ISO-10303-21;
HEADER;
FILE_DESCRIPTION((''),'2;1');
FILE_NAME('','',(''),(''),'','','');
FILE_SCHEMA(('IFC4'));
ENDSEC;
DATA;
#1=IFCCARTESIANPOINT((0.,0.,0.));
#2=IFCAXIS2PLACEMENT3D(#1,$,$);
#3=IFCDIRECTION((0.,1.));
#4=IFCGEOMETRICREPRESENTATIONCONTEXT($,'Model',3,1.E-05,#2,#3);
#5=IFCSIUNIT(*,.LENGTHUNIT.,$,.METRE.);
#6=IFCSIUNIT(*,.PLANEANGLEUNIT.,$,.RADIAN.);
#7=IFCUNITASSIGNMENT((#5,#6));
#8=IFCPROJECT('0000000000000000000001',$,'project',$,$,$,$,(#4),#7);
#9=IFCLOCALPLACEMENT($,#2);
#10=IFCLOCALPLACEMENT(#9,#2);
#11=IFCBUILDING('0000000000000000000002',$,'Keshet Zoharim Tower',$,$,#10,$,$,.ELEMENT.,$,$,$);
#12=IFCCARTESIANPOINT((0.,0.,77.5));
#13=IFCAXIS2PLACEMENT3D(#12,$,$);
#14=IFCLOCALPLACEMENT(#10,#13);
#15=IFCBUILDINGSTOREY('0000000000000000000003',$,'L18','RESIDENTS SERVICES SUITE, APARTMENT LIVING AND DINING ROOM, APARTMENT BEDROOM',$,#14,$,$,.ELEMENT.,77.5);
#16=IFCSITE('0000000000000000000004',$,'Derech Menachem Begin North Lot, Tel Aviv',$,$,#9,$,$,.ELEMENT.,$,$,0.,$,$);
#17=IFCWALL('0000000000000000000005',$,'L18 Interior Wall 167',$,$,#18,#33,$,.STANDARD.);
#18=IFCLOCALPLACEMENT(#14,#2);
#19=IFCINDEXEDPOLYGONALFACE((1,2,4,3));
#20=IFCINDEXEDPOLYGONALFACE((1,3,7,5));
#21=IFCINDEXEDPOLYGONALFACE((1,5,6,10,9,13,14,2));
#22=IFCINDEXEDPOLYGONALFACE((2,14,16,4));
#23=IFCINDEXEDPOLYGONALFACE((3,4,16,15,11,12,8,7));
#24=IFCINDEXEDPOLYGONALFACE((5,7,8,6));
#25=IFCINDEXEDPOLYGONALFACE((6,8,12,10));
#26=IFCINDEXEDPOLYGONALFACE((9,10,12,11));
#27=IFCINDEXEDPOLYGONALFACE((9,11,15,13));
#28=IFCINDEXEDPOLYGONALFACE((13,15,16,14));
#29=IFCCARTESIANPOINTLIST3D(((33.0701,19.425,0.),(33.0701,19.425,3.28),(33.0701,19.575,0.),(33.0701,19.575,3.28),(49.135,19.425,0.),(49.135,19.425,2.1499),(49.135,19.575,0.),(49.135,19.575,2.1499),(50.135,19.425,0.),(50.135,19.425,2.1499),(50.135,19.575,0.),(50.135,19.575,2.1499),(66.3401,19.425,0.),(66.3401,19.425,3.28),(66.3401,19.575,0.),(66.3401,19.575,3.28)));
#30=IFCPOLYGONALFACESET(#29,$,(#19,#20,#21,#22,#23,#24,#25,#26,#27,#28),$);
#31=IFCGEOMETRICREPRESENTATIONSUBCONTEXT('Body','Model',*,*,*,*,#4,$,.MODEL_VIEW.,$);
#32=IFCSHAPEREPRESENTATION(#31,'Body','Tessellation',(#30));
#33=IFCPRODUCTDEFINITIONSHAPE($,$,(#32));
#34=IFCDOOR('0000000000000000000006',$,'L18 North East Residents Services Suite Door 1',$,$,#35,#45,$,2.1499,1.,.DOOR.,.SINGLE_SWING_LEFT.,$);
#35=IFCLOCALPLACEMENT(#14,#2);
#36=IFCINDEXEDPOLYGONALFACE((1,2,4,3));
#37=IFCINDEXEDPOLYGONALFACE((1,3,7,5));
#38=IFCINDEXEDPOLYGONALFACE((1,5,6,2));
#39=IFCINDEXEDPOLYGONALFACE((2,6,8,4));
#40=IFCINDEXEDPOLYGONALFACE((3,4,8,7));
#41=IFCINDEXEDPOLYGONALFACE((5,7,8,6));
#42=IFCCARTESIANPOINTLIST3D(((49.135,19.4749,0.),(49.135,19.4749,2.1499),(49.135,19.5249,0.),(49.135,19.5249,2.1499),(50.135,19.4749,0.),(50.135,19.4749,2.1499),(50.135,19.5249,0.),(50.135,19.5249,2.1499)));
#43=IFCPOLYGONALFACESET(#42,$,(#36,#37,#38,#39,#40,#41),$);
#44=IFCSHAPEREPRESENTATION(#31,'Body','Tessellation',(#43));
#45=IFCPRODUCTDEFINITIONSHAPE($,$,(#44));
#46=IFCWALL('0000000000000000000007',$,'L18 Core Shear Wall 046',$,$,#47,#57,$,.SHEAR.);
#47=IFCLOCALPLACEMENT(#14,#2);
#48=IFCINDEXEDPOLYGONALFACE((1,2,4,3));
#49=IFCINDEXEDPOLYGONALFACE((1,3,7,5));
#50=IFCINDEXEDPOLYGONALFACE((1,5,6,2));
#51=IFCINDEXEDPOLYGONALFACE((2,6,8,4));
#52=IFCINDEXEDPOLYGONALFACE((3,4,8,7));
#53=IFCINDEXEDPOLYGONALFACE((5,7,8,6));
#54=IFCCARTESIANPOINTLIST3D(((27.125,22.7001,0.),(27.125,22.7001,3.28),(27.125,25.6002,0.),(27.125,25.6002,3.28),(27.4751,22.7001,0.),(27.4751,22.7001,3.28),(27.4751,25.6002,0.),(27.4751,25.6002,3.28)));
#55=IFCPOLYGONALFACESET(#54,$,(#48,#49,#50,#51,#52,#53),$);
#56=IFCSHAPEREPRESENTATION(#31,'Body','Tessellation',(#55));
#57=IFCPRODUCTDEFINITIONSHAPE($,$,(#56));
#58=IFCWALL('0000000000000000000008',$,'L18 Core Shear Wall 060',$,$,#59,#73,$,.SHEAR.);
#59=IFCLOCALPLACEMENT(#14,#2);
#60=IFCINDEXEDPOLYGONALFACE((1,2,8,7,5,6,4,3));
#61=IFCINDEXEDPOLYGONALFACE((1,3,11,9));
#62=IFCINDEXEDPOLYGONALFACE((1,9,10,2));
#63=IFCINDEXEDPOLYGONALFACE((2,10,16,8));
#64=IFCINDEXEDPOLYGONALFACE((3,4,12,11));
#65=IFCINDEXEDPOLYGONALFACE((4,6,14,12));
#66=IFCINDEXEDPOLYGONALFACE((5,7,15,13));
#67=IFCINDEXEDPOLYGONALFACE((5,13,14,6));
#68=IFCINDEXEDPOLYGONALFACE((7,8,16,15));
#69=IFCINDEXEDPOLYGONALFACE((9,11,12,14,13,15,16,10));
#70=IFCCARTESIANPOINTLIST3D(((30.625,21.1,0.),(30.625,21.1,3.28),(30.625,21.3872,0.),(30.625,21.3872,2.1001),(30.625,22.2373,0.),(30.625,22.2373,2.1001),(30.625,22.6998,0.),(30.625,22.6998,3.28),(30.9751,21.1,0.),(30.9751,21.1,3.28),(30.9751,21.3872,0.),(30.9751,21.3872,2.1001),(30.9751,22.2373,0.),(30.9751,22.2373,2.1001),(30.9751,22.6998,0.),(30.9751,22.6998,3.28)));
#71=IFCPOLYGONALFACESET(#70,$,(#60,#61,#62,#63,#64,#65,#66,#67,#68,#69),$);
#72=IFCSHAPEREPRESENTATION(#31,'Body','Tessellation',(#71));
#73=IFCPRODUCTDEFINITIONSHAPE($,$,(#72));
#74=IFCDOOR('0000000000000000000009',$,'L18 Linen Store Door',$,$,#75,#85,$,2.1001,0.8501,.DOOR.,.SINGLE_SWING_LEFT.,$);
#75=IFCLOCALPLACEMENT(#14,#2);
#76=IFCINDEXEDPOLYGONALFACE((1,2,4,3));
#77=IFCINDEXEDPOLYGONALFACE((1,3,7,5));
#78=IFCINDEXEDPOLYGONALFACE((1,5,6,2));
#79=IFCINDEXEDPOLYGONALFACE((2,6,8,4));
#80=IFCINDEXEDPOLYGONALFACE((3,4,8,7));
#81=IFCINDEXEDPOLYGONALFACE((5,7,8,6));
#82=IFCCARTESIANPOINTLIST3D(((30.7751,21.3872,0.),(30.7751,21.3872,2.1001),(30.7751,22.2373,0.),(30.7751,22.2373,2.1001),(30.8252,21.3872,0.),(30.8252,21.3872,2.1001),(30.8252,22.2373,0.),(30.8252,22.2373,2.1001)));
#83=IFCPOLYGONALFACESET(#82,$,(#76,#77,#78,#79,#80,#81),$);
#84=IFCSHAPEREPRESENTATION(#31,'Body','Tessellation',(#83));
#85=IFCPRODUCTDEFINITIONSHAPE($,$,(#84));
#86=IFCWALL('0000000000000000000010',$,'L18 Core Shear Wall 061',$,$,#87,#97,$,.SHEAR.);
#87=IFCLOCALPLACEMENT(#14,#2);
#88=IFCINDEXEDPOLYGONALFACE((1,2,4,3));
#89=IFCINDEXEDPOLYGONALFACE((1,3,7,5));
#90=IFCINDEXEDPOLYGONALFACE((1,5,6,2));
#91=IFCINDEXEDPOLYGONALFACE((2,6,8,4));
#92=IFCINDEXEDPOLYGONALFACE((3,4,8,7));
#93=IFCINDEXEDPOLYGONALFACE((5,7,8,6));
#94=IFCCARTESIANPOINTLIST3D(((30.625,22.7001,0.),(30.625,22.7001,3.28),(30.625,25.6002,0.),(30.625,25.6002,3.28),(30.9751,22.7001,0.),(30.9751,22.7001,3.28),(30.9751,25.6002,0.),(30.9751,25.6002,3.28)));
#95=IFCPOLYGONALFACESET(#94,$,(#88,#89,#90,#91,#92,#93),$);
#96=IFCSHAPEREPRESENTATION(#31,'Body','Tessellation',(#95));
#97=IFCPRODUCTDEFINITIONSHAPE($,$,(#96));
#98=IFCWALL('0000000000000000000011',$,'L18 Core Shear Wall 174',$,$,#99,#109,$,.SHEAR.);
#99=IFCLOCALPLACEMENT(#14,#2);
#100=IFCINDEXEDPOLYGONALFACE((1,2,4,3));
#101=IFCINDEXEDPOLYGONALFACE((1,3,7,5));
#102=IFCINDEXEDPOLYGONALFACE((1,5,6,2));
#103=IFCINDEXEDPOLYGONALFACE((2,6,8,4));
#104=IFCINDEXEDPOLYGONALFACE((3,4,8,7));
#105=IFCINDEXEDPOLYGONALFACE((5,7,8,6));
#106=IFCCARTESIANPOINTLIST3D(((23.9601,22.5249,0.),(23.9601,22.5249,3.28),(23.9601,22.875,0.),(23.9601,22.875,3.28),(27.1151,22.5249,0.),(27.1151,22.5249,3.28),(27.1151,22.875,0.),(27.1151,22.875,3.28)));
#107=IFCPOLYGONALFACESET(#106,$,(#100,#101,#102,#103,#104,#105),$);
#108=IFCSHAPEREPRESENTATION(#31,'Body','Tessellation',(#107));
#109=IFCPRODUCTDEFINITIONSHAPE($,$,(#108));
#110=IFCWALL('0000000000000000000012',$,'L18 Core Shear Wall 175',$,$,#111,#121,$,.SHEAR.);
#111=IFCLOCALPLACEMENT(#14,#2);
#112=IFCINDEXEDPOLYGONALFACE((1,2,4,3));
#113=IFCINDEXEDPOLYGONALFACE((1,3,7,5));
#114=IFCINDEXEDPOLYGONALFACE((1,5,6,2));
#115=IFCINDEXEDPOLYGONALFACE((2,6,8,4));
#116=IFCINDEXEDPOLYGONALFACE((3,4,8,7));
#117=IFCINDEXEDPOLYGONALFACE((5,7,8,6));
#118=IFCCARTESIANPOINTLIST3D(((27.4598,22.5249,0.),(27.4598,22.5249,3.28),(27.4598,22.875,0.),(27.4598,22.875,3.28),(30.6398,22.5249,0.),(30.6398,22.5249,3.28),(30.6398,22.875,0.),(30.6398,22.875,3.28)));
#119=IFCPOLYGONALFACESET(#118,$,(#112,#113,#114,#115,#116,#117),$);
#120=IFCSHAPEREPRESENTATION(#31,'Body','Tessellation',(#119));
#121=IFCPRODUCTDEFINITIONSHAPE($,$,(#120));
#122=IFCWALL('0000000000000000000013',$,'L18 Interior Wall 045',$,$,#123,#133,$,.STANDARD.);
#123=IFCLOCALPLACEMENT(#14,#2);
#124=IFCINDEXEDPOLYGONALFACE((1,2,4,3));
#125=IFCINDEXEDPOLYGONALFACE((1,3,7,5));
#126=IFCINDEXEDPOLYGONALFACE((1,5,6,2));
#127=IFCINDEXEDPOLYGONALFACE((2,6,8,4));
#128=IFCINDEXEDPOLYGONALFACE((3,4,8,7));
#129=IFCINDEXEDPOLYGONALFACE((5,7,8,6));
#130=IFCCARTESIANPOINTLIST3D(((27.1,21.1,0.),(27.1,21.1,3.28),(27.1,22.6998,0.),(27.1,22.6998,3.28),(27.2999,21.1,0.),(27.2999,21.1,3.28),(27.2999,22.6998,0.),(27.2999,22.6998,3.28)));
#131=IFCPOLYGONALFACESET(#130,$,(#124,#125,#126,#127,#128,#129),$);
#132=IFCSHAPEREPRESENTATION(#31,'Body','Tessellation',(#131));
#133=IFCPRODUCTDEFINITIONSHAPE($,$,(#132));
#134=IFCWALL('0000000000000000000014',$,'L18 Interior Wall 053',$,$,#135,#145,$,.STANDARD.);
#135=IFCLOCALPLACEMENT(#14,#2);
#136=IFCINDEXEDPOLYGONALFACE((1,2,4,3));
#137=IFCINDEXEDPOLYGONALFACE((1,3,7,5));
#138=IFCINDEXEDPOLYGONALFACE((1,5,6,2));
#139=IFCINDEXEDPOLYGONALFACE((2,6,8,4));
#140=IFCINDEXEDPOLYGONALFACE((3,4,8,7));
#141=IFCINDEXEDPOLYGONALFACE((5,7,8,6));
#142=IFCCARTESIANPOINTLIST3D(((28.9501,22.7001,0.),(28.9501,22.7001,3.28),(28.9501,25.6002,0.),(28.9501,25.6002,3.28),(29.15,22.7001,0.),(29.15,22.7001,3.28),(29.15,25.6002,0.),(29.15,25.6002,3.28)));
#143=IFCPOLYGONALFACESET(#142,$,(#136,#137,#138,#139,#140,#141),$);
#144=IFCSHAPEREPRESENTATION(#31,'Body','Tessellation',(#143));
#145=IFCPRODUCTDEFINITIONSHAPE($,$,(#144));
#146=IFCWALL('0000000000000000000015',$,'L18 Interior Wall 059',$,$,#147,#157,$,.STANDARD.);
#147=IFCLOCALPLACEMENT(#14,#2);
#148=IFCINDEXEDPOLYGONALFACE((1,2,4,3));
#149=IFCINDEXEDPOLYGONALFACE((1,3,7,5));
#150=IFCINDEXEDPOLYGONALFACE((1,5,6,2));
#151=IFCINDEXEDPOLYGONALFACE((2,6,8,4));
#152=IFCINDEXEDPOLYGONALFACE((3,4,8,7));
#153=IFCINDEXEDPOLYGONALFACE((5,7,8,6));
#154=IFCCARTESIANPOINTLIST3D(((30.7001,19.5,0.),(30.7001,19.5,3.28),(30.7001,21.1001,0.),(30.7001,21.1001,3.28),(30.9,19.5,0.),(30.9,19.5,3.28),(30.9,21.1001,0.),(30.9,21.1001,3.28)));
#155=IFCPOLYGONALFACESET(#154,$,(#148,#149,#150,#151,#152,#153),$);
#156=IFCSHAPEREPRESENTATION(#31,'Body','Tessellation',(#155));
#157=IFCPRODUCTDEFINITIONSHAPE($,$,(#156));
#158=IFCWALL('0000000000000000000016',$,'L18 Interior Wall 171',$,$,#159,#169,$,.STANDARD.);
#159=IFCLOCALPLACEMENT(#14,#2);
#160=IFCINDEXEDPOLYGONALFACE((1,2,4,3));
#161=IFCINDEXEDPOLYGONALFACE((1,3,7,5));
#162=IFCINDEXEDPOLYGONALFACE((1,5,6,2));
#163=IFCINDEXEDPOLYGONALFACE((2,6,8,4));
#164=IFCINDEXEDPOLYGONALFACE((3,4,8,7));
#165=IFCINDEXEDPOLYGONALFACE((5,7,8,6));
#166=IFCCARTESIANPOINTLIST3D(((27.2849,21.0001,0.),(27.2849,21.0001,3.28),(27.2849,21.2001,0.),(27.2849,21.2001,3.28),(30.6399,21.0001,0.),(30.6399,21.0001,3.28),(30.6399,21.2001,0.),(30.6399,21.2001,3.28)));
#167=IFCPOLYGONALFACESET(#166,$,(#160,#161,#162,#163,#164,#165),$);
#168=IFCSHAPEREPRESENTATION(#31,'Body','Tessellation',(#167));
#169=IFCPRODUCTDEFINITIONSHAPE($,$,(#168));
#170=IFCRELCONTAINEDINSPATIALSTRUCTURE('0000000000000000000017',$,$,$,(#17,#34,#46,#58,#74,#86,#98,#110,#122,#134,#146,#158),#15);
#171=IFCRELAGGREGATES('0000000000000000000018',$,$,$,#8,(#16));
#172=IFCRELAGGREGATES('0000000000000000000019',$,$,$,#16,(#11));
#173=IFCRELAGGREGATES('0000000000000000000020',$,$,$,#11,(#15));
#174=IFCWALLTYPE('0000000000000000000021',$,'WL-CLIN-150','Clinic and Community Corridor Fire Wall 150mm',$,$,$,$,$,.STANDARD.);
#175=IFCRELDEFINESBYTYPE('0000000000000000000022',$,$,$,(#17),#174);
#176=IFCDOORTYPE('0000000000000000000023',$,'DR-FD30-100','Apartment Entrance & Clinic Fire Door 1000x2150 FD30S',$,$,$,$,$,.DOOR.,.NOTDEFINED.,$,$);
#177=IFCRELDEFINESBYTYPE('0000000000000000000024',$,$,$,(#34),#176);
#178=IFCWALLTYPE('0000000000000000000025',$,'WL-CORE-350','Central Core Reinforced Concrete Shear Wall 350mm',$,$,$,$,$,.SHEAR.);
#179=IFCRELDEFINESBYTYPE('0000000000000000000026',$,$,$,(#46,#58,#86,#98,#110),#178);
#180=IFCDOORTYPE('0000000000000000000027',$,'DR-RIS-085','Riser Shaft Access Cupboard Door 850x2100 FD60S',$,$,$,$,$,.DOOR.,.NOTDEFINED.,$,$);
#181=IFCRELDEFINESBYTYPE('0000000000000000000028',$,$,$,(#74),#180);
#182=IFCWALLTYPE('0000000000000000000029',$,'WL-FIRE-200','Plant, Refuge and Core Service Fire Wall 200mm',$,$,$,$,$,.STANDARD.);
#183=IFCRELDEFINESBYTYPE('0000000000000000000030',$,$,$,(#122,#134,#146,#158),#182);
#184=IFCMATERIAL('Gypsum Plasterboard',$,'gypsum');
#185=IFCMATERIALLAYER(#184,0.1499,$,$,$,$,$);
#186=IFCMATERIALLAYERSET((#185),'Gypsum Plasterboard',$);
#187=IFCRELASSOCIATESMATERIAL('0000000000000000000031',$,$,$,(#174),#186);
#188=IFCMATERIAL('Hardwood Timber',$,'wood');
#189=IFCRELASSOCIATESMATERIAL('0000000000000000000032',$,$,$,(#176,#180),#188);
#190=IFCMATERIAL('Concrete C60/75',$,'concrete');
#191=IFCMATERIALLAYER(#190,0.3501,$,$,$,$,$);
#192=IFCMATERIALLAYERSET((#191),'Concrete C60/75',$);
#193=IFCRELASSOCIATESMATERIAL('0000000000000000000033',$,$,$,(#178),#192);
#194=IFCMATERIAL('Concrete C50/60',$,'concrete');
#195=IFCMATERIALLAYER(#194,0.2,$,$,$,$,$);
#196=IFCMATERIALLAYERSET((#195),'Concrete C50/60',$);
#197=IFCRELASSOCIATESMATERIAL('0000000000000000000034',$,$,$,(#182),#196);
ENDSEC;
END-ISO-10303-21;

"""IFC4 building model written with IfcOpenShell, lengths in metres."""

from ifc_helpers import new_model, si_unit, direction, frame, frame_2d, origin, place, context, subcontext, project, spatial, rectangle, extrude, material, layer, layer_set, type_object, element, fill, save


model = new_model("IFC4")

# Units and contexts
model_context = context("Model", 3, precision=1e-05, world=origin(), true_north=direction((0.0, 1.0)))
body_context = subcontext(model_context, "Body", "Model", "MODEL_VIEW")
ifc_project = project(units=[si_unit("LENGTHUNIT", "METRE"), si_unit("PLANEANGLEUNIT", "RADIAN")], contexts=[model_context])

# Site, building, storey
site_placement = place(None, origin())
site = spatial("IfcSite", under=ifc_project, at=site_placement, Name="Derech Menachem Begin North Lot, Tel Aviv", CompositionType="ELEMENT", RefElevation=0.0)
building_placement = place(site_placement, origin())
building = spatial("IfcBuilding", under=site, at=building_placement, Name="Keshet Zoharim Tower", CompositionType="ELEMENT")
storey_placement = place(building_placement, frame((0.0, 0.0, 77.5)))
storey = spatial("IfcBuildingStorey", under=building, at=storey_placement, Name="L18", Description="RESIDENTS SERVICES SUITE, APARTMENT LIVING AND DINING ROOM, APARTMENT BEDROOM", CompositionType="ELEMENT", Elevation=77.5)

# Shared definitions
ifc_material_1 = material(Name="Concrete C60/75", Category="concrete")

# Shared definitions
ifc_material_2 = material(Name="Gypsum Plasterboard", Category="gypsum")
ifc_layer_1 = layer(ifc_material_2, 0.1499)
ifc_layer_set_1 = layer_set([ifc_layer_1], Name="Gypsum Plasterboard")
wall_type_1 = type_object("IfcWallType", Name="WL-CLIN-150", Description="Clinic and Community Corridor Fire Wall 150mm", PredefinedType="STANDARD", material=ifc_layer_set_1)

# Wall, opening, door
wall_1_placement = place(storey_placement, frame((33.0701, 19.5, 0.0), z_axis=(0.0, 0.0, 1.0), x_axis=(1.0, 0.0, 0.0)))
wall_1 = element("IfcWall", 1, at=wall_1_placement, inside=storey, type_object=wall_type_1, Name="L18 Interior Wall 167", PredefinedType="STANDARD", context=body_context, shape_type="SweptSolid", body=[
    extrude(rectangle(XDim=33.27, YDim=0.1499, at=frame_2d((16.635, 0.0))), origin(), (0.0, 0.0, 1.0), 3.28),
])
opening_1_placement = place(wall_1_placement, frame((16.0649, 0.0, 0.0)))
opening_1 = element("IfcOpeningElement", 2, at=opening_1_placement, cuts=wall_1, PredefinedType="OPENING", context=body_context, shape_type="SweptSolid", body=[
    extrude(rectangle(XDim=1.0, YDim=2.1499, at=frame_2d((0.5, 1.075))), frame((0.0, 0.085, 0.0), z_axis=(0.0, -1.0, 0.0), x_axis=(1.0, 0.0, 0.0)), (0.0, 0.0, 1.0), 0.1699),
])
ifc_material_3 = material(Name="Hardwood Timber", Category="wood")
door_type_1 = type_object("IfcDoorType", Name="DR-FD30-100", Description="Apartment Entrance & Clinic Fire Door 1000x2150 FD30S", OperationType="NOTDEFINED", PredefinedType="DOOR", material=ifc_material_3)
door_1_placement = place(opening_1_placement, origin())
door_1 = element("IfcDoor", 3, at=door_1_placement, inside=storey, type_object=door_type_1, Name="L18 North East Residents Services Suite Door 1", OperationType="SINGLE_SWING_LEFT", OverallHeight=2.1499, OverallWidth=1.0, PredefinedType="DOOR", context=body_context, shape_type="SweptSolid", body=[
    extrude(rectangle(XDim=1.0, YDim=2.1499, at=frame_2d((0.5, 1.075))), frame((0.0, 0.0249, 0.0), z_axis=(0.0, -1.0, 0.0), x_axis=(1.0, 0.0, 0.0)), (0.0, 0.0, 1.0), 0.05),
])
fill(opening_1, door_1)
ifc_layer_2 = layer(ifc_material_1, 0.3501)
ifc_layer_set_2 = layer_set([ifc_layer_2], Name="Concrete C60/75")
wall_type_2 = type_object("IfcWallType", Name="WL-CORE-350", Description="Central Core Reinforced Concrete Shear Wall 350mm", PredefinedType="SHEAR", material=ifc_layer_set_2)

# Wall
wall_2_placement = place(storey_placement, frame((27.3, 22.7, 0.0), z_axis=(0.0, 0.0, 1.0), x_axis=(0.0, 1.0, 0.0)))
element("IfcWall", 4, at=wall_2_placement, inside=storey, type_object=wall_type_2, Name="L18 Core Shear Wall 046", PredefinedType="SHEAR", context=body_context, shape_type="SweptSolid", body=[
    extrude(rectangle(XDim=2.9001, YDim=0.3501, at=frame_2d((1.4502, 0.0))), origin(), (0.0, 0.0, 1.0), 3.28),
])

# Wall, opening, door
wall_3_placement = place(storey_placement, frame((30.8, 21.1001, 0.0), z_axis=(0.0, 0.0, 1.0), x_axis=(0.0, 1.0, 0.0)))
wall_3 = element("IfcWall", 5, at=wall_3_placement, inside=storey, type_object=wall_type_2, Name="L18 Core Shear Wall 060", PredefinedType="SHEAR", context=body_context, shape_type="SweptSolid", body=[
    extrude(rectangle(XDim=1.5999, YDim=0.3501, at=frame_2d((0.7998, 0.0))), origin(), (0.0, 0.0, 1.0), 3.28),
])
opening_2_placement = place(wall_3_placement, frame((0.2871, 0.0, 0.0)))
opening_2 = element("IfcOpeningElement", 6, at=opening_2_placement, cuts=wall_3, PredefinedType="OPENING", context=body_context, shape_type="SweptSolid", body=[
    extrude(rectangle(XDim=0.8501, YDim=2.1001, at=frame_2d((0.425, 1.05))), frame((0.0, 0.1851, 0.0), z_axis=(0.0, -1.0, 0.0), x_axis=(1.0, 0.0, 0.0)), (0.0, 0.0, 1.0), 0.3701),
])
door_type_2 = type_object("IfcDoorType", Name="DR-RIS-085", Description="Riser Shaft Access Cupboard Door 850x2100 FD60S", OperationType="NOTDEFINED", PredefinedType="DOOR", material=ifc_material_3)
door_2_placement = place(opening_2_placement, origin())
door_2 = element("IfcDoor", 7, at=door_2_placement, inside=storey, type_object=door_type_2, Name="L18 Linen Store Door", OperationType="SINGLE_SWING_LEFT", OverallHeight=2.1001, OverallWidth=0.8501, PredefinedType="DOOR", context=body_context, shape_type="SweptSolid", body=[
    extrude(rectangle(XDim=0.8501, YDim=2.1001, at=frame_2d((0.425, 1.05))), frame((0.0, 0.0249, 0.0), z_axis=(0.0, -1.0, 0.0), x_axis=(1.0, 0.0, 0.0)), (0.0, 0.0, 1.0), 0.05),
])
fill(opening_2, door_2)

# Walls
wall_4_placement = place(storey_placement, frame((30.8, 22.7, 0.0), z_axis=(0.0, 0.0, 1.0), x_axis=(0.0, 1.0, 0.0)))
element("IfcWall", 8, at=wall_4_placement, inside=storey, type_object=wall_type_2, Name="L18 Core Shear Wall 061", PredefinedType="SHEAR", context=body_context, shape_type="SweptSolid", body=[
    extrude(rectangle(XDim=2.9001, YDim=0.3501, at=frame_2d((1.4502, 0.0))), origin(), (0.0, 0.0, 1.0), 3.28),
])
wall_5_placement = place(storey_placement, frame((23.96, 22.7, 0.0), z_axis=(0.0, 0.0, 1.0), x_axis=(1.0, 0.0, 0.0)))
element("IfcWall", 9, at=wall_5_placement, inside=storey, type_object=wall_type_2, Name="L18 Core Shear Wall 174", PredefinedType="SHEAR", context=body_context, shape_type="SweptSolid", body=[
    extrude(rectangle(XDim=3.155, YDim=0.3501, at=frame_2d((1.5776, 0.0))), origin(), (0.0, 0.0, 1.0), 3.28),
])
wall_6_placement = place(storey_placement, frame((27.46, 22.7, 0.0), z_axis=(0.0, 0.0, 1.0), x_axis=(1.0, 0.0, 0.0)))
element("IfcWall", 10, at=wall_6_placement, inside=storey, type_object=wall_type_2, Name="L18 Core Shear Wall 175", PredefinedType="SHEAR", context=body_context, shape_type="SweptSolid", body=[
    extrude(rectangle(XDim=3.1799, YDim=0.3501, at=frame_2d((1.5898, 0.0))), origin(), (0.0, 0.0, 1.0), 3.28),
])
ifc_material_4 = material(Name="Concrete C50/60", Category="concrete")
ifc_layer_3 = layer(ifc_material_4, 0.2)
ifc_layer_set_3 = layer_set([ifc_layer_3], Name="Concrete C50/60")
wall_type_3 = type_object("IfcWallType", Name="WL-FIRE-200", Description="Plant, Refuge and Core Service Fire Wall 200mm", PredefinedType="STANDARD", material=ifc_layer_set_3)
wall_7_placement = place(storey_placement, frame((27.2, 21.1001, 0.0), z_axis=(0.0, 0.0, 1.0), x_axis=(0.0, 1.0, 0.0)))
element("IfcWall", 11, at=wall_7_placement, inside=storey, type_object=wall_type_3, Name="L18 Interior Wall 045", PredefinedType="STANDARD", context=body_context, shape_type="SweptSolid", body=[
    extrude(rectangle(XDim=1.5999, YDim=0.2, at=frame_2d((0.7998, 0.0))), origin(), (0.0, 0.0, 1.0), 3.28),
])
wall_8_placement = place(storey_placement, frame((29.05, 22.7, 0.0), z_axis=(0.0, 0.0, 1.0), x_axis=(0.0, 1.0, 0.0)))
element("IfcWall", 12, at=wall_8_placement, inside=storey, type_object=wall_type_3, Name="L18 Interior Wall 053", PredefinedType="STANDARD", context=body_context, shape_type="SweptSolid", body=[
    extrude(rectangle(XDim=2.9001, YDim=0.2, at=frame_2d((1.4502, 0.0))), origin(), (0.0, 0.0, 1.0), 3.28),
])
wall_9_placement = place(storey_placement, frame((30.8, 19.5, 0.0), z_axis=(0.0, 0.0, 1.0), x_axis=(0.0, 1.0, 0.0)))
element("IfcWall", 13, at=wall_9_placement, inside=storey, type_object=wall_type_3, Name="L18 Interior Wall 059", PredefinedType="STANDARD", context=body_context, shape_type="SweptSolid", body=[
    extrude(rectangle(XDim=1.6001, YDim=0.2, at=frame_2d((0.8, 0.0))), origin(), (0.0, 0.0, 1.0), 3.28),
])

# Wall
wall_10_placement = place(storey_placement, frame((27.2849, 21.1001, 0.0), z_axis=(0.0, 0.0, 1.0), x_axis=(1.0, 0.0, 0.0)))
element("IfcWall", 14, at=wall_10_placement, inside=storey, type_object=wall_type_3, Name="L18 Interior Wall 171", PredefinedType="STANDARD", context=body_context, shape_type="SweptSolid", body=[
    extrude(rectangle(XDim=3.355, YDim=0.2, at=frame_2d((1.6775, 0.0))), origin(), (0.0, 0.0, 1.0), 3.28),
])

save(model, "model.ifc")
